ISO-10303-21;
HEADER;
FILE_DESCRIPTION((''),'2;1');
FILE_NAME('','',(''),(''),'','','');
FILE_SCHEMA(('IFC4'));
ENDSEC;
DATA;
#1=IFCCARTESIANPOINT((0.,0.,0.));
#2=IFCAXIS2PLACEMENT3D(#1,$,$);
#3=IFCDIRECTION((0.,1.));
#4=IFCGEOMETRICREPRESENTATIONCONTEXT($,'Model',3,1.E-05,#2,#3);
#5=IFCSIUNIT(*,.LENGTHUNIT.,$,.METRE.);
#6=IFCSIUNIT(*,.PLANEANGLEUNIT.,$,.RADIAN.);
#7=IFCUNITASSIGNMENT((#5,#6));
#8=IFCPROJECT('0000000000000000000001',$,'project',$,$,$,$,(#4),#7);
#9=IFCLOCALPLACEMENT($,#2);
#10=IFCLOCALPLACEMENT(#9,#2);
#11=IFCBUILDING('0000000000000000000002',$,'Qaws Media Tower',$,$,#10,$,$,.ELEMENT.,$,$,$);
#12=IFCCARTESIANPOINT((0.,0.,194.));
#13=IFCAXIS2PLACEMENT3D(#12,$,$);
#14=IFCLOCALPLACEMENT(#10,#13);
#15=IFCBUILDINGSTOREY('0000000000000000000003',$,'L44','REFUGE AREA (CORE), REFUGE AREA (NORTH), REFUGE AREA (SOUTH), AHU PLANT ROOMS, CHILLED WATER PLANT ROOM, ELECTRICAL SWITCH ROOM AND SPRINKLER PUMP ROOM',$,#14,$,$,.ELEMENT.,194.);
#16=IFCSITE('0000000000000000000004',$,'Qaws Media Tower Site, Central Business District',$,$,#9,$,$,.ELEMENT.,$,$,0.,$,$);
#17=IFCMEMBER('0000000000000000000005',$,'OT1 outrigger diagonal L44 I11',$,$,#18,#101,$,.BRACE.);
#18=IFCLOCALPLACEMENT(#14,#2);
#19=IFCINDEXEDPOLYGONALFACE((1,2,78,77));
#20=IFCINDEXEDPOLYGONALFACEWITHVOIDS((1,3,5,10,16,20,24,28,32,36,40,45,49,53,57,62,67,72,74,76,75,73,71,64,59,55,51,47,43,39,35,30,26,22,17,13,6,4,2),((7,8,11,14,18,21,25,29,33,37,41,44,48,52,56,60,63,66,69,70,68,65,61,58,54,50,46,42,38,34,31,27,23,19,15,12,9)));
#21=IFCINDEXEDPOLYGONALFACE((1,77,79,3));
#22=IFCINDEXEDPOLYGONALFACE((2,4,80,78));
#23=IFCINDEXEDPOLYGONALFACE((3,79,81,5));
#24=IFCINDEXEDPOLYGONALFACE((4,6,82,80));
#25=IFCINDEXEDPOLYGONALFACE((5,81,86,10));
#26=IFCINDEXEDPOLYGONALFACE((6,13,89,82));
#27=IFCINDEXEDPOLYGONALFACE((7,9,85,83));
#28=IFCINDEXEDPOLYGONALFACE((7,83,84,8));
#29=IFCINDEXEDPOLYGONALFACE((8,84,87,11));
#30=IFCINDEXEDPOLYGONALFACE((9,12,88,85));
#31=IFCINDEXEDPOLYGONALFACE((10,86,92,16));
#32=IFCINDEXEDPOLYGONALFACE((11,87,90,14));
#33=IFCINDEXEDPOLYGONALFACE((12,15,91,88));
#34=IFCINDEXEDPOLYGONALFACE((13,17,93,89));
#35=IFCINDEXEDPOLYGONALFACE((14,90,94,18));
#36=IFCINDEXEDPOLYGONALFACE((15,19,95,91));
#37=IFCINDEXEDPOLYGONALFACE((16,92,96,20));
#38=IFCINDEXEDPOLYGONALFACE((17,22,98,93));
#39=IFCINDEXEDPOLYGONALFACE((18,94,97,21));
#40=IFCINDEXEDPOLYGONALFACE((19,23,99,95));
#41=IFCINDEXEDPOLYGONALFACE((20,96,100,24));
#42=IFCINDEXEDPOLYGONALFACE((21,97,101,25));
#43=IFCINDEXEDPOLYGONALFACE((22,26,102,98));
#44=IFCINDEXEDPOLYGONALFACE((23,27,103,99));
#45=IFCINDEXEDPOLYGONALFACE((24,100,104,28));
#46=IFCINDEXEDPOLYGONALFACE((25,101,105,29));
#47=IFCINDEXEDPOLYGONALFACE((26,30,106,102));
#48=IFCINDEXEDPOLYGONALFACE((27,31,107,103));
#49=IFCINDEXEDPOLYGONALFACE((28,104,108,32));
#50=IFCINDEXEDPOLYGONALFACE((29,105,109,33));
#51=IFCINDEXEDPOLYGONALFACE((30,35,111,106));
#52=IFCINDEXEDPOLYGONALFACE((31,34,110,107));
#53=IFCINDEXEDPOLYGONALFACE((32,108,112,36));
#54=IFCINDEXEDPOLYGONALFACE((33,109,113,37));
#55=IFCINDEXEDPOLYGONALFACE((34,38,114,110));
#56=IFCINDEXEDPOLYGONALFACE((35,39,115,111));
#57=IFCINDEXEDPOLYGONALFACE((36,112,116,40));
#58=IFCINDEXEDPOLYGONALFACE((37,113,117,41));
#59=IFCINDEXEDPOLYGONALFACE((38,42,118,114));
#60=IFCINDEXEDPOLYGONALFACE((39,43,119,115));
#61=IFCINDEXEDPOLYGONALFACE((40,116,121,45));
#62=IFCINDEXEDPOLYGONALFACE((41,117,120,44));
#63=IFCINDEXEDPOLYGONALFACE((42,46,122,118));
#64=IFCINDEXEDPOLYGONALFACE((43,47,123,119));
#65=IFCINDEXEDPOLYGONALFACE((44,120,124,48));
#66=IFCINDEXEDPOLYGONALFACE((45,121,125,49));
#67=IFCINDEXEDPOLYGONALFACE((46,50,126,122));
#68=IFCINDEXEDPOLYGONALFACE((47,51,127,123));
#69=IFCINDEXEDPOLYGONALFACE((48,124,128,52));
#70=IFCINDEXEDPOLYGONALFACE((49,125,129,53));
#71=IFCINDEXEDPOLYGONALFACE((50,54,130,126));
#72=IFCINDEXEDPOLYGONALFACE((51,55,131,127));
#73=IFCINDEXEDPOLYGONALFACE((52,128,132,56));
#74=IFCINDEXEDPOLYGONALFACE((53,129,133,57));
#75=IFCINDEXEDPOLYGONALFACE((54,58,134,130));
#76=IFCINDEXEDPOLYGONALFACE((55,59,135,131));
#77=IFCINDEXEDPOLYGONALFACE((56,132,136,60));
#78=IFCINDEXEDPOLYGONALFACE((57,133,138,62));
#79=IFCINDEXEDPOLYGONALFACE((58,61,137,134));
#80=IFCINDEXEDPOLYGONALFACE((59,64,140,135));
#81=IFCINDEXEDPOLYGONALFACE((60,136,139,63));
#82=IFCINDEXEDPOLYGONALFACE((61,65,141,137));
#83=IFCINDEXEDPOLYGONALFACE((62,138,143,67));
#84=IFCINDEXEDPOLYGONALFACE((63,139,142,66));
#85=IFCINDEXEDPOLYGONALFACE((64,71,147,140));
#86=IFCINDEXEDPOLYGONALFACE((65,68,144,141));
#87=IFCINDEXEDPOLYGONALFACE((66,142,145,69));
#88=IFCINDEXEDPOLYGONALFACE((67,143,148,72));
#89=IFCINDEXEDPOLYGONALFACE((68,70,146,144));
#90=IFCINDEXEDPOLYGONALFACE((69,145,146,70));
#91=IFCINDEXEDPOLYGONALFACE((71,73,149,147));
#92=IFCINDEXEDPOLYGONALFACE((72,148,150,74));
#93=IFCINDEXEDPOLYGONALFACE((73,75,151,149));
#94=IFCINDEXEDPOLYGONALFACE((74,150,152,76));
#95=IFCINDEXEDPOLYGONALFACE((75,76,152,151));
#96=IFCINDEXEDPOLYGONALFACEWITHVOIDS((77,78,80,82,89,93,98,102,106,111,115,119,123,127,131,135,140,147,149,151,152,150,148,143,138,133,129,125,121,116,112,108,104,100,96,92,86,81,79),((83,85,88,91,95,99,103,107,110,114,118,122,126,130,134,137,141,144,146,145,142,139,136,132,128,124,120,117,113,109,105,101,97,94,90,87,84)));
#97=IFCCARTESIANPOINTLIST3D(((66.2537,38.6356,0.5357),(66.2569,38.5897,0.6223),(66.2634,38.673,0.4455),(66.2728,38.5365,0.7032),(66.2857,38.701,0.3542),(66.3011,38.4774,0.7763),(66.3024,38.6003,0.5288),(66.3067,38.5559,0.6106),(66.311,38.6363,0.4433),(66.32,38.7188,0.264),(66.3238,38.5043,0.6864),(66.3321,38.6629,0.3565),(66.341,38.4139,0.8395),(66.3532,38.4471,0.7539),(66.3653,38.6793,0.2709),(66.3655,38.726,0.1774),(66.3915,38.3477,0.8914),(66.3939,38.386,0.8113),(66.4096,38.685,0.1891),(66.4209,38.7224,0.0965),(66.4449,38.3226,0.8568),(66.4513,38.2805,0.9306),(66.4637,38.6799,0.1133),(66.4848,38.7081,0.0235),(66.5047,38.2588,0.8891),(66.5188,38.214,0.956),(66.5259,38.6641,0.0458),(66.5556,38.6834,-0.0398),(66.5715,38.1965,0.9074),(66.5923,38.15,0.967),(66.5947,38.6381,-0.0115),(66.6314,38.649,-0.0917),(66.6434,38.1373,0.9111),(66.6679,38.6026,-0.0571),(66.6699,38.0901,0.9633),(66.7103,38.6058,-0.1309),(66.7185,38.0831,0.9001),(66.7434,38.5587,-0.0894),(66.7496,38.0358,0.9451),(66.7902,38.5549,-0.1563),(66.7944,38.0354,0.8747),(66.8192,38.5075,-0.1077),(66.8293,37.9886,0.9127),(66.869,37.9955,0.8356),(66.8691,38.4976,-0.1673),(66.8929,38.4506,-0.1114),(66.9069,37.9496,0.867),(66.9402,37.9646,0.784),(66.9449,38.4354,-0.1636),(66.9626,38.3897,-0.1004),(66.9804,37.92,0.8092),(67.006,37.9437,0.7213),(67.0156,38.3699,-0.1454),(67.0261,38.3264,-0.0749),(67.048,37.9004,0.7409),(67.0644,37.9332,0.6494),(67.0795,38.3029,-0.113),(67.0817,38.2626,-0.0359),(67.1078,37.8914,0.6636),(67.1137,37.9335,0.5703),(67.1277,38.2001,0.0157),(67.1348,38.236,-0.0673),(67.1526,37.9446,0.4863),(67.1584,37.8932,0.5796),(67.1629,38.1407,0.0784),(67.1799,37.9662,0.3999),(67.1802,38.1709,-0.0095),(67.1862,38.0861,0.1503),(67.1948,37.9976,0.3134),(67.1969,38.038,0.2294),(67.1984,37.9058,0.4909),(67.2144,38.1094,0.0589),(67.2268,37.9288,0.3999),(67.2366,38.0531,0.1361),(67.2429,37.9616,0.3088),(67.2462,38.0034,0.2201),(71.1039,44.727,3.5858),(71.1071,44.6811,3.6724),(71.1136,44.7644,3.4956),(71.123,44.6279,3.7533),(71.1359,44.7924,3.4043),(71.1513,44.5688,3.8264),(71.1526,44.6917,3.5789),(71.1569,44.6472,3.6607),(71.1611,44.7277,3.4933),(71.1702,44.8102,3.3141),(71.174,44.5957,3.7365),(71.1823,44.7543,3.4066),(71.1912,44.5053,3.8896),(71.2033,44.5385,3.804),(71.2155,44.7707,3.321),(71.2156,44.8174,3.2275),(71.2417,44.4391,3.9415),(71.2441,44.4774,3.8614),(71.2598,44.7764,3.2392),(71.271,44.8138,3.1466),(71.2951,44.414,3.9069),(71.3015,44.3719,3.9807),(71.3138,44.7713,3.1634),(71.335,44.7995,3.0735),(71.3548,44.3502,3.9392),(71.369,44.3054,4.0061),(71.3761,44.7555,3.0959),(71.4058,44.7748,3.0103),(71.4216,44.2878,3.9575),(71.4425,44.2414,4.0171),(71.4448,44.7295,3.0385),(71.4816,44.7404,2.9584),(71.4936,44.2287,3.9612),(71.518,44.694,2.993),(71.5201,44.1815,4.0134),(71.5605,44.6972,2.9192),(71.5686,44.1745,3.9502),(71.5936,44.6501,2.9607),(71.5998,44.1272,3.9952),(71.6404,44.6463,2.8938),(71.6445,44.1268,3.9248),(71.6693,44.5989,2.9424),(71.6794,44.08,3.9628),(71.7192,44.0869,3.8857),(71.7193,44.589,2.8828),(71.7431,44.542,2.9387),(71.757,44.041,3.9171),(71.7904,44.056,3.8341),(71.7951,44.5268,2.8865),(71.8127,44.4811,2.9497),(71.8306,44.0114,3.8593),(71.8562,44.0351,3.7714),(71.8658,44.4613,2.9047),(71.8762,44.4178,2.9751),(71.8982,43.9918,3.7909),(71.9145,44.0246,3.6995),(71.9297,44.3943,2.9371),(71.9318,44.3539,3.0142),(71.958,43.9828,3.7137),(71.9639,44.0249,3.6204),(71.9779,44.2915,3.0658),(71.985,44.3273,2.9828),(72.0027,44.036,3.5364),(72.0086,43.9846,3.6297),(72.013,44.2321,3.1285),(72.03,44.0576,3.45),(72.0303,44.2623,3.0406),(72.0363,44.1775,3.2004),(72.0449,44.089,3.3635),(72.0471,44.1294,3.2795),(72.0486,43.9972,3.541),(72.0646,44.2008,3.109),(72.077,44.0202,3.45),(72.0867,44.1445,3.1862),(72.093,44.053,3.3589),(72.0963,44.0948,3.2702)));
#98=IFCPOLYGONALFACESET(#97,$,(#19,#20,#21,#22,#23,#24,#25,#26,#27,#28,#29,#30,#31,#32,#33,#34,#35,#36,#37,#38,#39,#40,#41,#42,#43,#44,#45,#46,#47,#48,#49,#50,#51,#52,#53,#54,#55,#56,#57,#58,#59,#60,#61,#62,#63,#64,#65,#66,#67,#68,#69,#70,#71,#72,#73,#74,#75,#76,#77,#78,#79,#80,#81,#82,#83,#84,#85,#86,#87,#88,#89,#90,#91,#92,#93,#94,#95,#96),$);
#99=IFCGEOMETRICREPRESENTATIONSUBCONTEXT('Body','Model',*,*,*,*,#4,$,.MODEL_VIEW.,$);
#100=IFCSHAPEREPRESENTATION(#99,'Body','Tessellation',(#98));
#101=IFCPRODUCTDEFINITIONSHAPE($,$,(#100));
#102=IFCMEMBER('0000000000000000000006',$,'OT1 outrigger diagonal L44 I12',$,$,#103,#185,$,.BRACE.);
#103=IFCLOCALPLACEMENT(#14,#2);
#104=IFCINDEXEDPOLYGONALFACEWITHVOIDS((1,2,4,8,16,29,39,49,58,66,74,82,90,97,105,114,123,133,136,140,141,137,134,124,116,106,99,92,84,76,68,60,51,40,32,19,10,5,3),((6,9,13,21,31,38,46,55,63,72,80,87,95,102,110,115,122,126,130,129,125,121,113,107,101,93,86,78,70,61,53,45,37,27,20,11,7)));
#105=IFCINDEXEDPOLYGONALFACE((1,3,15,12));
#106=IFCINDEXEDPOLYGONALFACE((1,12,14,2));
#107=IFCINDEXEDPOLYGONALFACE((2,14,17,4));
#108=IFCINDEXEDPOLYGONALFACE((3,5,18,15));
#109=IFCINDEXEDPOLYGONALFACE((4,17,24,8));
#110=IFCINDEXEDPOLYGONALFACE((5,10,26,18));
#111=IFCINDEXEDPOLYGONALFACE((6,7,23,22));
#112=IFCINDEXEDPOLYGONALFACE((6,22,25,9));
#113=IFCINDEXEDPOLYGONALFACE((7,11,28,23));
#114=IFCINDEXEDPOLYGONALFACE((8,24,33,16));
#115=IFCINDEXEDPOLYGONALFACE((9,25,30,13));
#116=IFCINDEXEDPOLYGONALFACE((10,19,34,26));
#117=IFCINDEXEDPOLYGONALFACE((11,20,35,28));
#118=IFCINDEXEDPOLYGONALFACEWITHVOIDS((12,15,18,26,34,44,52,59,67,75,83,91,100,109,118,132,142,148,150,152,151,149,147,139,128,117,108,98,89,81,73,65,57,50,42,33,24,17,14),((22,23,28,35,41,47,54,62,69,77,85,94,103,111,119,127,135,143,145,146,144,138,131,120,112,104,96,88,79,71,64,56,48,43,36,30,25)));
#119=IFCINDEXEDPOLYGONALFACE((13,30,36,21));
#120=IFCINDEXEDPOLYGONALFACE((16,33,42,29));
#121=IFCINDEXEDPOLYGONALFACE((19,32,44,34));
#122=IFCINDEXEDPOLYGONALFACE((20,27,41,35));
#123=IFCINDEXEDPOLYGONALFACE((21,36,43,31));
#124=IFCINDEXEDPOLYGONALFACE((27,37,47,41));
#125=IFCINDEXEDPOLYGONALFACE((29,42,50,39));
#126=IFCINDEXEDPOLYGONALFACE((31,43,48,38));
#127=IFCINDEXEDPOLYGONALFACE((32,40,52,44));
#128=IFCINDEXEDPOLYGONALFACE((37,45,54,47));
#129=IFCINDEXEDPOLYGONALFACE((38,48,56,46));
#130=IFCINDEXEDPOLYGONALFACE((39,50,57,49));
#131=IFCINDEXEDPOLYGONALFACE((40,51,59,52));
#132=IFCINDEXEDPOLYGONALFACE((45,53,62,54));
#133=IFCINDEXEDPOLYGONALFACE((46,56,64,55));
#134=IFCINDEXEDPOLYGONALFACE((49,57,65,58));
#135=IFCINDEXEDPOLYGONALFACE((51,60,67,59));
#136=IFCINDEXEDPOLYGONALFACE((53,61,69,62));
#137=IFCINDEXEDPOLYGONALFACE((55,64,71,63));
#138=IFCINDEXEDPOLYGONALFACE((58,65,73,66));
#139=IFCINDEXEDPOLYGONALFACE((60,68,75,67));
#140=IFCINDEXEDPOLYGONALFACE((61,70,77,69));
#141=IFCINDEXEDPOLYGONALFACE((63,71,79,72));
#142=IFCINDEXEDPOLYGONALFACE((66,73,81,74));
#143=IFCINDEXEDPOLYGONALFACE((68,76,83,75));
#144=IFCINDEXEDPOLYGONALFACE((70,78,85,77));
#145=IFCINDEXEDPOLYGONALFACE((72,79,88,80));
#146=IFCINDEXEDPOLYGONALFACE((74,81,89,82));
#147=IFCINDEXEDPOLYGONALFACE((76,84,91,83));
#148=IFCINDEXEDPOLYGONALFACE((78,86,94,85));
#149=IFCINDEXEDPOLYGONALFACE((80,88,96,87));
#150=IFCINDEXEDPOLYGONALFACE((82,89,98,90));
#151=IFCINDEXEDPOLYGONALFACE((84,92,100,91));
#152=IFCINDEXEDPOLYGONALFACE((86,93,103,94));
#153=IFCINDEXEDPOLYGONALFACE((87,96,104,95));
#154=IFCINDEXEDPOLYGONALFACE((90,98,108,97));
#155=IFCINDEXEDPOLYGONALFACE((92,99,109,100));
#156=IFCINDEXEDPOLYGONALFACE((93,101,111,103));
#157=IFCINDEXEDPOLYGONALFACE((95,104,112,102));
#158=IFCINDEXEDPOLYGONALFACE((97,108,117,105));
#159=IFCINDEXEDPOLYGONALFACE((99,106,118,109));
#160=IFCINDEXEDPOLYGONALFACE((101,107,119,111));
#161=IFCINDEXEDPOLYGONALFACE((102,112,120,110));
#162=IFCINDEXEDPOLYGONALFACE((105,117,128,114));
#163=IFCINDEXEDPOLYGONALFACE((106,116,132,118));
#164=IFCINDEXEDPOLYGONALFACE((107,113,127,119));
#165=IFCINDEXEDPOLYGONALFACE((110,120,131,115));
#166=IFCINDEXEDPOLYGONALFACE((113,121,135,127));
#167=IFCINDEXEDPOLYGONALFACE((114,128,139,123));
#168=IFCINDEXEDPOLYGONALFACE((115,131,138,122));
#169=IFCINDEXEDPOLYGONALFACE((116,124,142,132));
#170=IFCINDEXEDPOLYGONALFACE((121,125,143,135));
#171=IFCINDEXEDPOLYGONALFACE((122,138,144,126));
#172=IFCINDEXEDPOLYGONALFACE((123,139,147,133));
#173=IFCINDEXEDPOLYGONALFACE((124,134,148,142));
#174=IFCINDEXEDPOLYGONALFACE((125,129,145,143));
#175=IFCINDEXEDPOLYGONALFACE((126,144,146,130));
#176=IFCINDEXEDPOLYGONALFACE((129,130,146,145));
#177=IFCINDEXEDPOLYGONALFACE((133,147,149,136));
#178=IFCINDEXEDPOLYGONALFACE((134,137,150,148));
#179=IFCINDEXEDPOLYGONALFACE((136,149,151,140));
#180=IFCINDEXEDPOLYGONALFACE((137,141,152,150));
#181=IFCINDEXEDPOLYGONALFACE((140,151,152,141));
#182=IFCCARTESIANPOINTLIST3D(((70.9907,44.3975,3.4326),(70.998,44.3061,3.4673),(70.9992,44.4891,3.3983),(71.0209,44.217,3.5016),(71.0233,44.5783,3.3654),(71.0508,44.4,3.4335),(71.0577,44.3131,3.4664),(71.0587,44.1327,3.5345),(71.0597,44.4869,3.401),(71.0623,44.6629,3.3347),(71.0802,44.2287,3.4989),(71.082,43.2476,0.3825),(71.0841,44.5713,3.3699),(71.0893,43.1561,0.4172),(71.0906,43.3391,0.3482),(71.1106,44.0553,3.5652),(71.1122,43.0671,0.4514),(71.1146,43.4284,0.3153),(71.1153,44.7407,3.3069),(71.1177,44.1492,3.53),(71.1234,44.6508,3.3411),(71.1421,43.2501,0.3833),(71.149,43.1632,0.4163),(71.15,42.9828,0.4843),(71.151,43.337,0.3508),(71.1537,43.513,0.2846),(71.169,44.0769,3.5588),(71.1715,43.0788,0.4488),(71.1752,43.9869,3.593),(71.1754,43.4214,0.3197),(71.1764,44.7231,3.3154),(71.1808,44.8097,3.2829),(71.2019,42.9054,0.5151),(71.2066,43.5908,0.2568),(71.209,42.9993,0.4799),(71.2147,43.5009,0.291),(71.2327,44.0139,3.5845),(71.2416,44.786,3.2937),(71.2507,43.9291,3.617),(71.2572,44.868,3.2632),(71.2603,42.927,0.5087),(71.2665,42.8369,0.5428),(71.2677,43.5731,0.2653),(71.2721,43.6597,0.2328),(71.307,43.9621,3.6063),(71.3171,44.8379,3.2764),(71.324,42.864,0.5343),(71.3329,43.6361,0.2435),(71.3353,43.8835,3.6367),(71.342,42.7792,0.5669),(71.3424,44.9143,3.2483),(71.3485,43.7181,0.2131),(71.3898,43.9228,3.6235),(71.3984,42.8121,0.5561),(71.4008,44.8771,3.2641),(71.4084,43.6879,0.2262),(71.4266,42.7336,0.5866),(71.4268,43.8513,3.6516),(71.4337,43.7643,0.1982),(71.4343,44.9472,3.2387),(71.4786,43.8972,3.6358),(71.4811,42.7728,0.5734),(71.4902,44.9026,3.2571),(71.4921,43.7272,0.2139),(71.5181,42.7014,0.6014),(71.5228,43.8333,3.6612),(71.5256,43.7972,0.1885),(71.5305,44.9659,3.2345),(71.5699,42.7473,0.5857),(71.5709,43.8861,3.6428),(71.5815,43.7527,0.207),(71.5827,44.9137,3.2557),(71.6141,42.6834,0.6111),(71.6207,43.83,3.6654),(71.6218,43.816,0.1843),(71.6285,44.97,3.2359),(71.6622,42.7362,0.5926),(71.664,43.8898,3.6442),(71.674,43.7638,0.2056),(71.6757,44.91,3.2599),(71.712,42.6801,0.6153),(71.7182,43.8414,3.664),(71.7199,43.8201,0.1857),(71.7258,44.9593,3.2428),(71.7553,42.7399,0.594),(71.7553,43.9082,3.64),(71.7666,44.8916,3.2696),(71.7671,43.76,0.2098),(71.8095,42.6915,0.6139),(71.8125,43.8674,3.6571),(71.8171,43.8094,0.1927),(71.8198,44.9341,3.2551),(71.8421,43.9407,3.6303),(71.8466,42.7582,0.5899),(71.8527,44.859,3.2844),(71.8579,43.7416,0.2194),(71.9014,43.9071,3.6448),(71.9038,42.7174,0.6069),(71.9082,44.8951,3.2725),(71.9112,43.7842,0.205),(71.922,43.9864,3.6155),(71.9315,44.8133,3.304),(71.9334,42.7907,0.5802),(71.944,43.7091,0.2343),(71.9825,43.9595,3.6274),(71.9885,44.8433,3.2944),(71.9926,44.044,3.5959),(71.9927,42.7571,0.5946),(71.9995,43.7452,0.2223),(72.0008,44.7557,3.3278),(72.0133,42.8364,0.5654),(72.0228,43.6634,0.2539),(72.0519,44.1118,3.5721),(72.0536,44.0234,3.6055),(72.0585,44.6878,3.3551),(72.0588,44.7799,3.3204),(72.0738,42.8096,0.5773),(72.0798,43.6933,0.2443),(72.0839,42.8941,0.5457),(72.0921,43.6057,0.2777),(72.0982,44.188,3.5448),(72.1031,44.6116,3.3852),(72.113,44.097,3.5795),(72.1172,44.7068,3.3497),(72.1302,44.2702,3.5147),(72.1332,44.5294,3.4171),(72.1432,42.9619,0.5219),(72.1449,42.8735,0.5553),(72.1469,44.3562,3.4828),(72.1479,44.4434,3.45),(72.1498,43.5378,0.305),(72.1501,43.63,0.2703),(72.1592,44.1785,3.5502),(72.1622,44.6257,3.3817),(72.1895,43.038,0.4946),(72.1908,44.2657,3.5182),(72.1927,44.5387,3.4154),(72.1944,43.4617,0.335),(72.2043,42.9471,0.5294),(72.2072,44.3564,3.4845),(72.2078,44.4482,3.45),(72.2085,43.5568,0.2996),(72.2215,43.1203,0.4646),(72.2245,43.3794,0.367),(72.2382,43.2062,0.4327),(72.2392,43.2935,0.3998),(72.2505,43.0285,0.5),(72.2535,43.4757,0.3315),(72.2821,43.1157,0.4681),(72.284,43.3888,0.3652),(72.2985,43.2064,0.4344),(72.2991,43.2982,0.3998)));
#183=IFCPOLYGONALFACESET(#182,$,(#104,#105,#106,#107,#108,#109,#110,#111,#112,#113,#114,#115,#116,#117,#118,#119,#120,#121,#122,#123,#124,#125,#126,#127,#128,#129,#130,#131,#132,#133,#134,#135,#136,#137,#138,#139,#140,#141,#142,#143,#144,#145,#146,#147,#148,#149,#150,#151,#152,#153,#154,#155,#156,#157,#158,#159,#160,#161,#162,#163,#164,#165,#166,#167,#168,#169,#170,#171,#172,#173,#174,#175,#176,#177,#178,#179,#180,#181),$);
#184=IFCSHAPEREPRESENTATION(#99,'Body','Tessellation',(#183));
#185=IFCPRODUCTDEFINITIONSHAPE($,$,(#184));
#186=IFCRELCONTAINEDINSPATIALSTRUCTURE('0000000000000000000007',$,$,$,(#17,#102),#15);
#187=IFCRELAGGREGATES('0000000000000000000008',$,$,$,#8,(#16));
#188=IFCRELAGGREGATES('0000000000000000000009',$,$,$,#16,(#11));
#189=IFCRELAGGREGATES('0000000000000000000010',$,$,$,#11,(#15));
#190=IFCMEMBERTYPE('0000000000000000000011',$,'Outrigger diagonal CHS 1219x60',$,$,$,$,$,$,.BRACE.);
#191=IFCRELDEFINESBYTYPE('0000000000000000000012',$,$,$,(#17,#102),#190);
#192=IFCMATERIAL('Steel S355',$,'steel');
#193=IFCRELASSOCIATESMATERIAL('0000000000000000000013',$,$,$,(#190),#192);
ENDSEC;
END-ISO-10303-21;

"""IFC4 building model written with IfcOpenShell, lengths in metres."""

from ifc_helpers import new_model, si_unit, direction, frame, origin, origin_2d, place, context, subcontext, project, spatial, hollow_circle, extrude, material, material_profile, profile_set, type_object, element, save


model = new_model("IFC4")

# Units and contexts
model_context = context("Model", 3, precision=1e-05, world=origin(), true_north=direction((0.0, 1.0)))
body_context = subcontext(model_context, "Body", "Model", "MODEL_VIEW")
ifc_project = project(units=[si_unit("LENGTHUNIT", "METRE"), si_unit("PLANEANGLEUNIT", "RADIAN")], contexts=[model_context])

# Site, building, storey
site_placement = place(None, origin())
site = spatial("IfcSite", under=ifc_project, at=site_placement, Name="Qaws Media Tower Site, Central Business District", CompositionType="ELEMENT", RefElevation=0.0)
building_placement = place(site_placement, origin())
building = spatial("IfcBuilding", under=site, at=building_placement, Name="Qaws Media Tower", CompositionType="ELEMENT")
storey_placement = place(building_placement, frame((0.0, 0.0, 194.0)))
storey = spatial("IfcBuildingStorey", under=building, at=storey_placement, Name="L44", Description="REFUGE AREA (CORE), REFUGE AREA (NORTH), REFUGE AREA (SOUTH), AHU PLANT ROOMS, CHILLED WATER PLANT ROOM, ELECTRICAL SWITCH ROOM AND SPRINKLER PUMP ROOM", CompositionType="ELEMENT", Elevation=194.0)

# Members
ifc_material_1 = material(Name="Steel S355", Category="steel")
ifc_material_profile_1 = material_profile(ifc_material_1, hollow_circle(Radius=0.6096, WallThickness=0.0601, at=origin_2d()), Name="CHS 1219x60")
ifc_profile_set_1 = profile_set([ifc_material_profile_1], Name="Steel S355")
member_type_1 = type_object("IfcMemberType", Name="Outrigger diagonal CHS 1219x60", PredefinedType="BRACE", material=ifc_profile_set_1)
member_1_placement = place(storey_placement, frame((71.6001, 44.3999, 3.45), z_axis=(-0.579986, -0.728413, -0.364732), x_axis=(0.782304, -0.622896, 0.0)))
element("IfcMember", 1, at=member_1_placement, inside=storey, type_object=member_type_1, Name="OT1 outrigger diagonal L44 I11", PredefinedType="BRACE", context=body_context, shape_type="SweptSolid", body=[
    extrude(hollow_circle(Radius=0.6096, WallThickness=0.0601, at=origin_2d()), origin(), (0.0, 0.0, 1.0), 8.3625),
])
member_2_placement = place(storey_placement, frame((71.6001, 44.3999, 3.45), z_axis=(0.028001, -0.352634, -0.935342), x_axis=(0.996862, 0.079156, 0.0)))
element("IfcMember", 2, at=member_2_placement, inside=storey, type_object=member_type_1, Name="OT1 outrigger diagonal L44 I12", PredefinedType="BRACE", context=body_context, shape_type="SweptSolid", body=[
    extrude(hollow_circle(Radius=0.6096, WallThickness=0.0601, at=origin_2d()), origin(), (0.0, 0.0, 1.0), 3.261),
])

save(model, "model.ifc")
